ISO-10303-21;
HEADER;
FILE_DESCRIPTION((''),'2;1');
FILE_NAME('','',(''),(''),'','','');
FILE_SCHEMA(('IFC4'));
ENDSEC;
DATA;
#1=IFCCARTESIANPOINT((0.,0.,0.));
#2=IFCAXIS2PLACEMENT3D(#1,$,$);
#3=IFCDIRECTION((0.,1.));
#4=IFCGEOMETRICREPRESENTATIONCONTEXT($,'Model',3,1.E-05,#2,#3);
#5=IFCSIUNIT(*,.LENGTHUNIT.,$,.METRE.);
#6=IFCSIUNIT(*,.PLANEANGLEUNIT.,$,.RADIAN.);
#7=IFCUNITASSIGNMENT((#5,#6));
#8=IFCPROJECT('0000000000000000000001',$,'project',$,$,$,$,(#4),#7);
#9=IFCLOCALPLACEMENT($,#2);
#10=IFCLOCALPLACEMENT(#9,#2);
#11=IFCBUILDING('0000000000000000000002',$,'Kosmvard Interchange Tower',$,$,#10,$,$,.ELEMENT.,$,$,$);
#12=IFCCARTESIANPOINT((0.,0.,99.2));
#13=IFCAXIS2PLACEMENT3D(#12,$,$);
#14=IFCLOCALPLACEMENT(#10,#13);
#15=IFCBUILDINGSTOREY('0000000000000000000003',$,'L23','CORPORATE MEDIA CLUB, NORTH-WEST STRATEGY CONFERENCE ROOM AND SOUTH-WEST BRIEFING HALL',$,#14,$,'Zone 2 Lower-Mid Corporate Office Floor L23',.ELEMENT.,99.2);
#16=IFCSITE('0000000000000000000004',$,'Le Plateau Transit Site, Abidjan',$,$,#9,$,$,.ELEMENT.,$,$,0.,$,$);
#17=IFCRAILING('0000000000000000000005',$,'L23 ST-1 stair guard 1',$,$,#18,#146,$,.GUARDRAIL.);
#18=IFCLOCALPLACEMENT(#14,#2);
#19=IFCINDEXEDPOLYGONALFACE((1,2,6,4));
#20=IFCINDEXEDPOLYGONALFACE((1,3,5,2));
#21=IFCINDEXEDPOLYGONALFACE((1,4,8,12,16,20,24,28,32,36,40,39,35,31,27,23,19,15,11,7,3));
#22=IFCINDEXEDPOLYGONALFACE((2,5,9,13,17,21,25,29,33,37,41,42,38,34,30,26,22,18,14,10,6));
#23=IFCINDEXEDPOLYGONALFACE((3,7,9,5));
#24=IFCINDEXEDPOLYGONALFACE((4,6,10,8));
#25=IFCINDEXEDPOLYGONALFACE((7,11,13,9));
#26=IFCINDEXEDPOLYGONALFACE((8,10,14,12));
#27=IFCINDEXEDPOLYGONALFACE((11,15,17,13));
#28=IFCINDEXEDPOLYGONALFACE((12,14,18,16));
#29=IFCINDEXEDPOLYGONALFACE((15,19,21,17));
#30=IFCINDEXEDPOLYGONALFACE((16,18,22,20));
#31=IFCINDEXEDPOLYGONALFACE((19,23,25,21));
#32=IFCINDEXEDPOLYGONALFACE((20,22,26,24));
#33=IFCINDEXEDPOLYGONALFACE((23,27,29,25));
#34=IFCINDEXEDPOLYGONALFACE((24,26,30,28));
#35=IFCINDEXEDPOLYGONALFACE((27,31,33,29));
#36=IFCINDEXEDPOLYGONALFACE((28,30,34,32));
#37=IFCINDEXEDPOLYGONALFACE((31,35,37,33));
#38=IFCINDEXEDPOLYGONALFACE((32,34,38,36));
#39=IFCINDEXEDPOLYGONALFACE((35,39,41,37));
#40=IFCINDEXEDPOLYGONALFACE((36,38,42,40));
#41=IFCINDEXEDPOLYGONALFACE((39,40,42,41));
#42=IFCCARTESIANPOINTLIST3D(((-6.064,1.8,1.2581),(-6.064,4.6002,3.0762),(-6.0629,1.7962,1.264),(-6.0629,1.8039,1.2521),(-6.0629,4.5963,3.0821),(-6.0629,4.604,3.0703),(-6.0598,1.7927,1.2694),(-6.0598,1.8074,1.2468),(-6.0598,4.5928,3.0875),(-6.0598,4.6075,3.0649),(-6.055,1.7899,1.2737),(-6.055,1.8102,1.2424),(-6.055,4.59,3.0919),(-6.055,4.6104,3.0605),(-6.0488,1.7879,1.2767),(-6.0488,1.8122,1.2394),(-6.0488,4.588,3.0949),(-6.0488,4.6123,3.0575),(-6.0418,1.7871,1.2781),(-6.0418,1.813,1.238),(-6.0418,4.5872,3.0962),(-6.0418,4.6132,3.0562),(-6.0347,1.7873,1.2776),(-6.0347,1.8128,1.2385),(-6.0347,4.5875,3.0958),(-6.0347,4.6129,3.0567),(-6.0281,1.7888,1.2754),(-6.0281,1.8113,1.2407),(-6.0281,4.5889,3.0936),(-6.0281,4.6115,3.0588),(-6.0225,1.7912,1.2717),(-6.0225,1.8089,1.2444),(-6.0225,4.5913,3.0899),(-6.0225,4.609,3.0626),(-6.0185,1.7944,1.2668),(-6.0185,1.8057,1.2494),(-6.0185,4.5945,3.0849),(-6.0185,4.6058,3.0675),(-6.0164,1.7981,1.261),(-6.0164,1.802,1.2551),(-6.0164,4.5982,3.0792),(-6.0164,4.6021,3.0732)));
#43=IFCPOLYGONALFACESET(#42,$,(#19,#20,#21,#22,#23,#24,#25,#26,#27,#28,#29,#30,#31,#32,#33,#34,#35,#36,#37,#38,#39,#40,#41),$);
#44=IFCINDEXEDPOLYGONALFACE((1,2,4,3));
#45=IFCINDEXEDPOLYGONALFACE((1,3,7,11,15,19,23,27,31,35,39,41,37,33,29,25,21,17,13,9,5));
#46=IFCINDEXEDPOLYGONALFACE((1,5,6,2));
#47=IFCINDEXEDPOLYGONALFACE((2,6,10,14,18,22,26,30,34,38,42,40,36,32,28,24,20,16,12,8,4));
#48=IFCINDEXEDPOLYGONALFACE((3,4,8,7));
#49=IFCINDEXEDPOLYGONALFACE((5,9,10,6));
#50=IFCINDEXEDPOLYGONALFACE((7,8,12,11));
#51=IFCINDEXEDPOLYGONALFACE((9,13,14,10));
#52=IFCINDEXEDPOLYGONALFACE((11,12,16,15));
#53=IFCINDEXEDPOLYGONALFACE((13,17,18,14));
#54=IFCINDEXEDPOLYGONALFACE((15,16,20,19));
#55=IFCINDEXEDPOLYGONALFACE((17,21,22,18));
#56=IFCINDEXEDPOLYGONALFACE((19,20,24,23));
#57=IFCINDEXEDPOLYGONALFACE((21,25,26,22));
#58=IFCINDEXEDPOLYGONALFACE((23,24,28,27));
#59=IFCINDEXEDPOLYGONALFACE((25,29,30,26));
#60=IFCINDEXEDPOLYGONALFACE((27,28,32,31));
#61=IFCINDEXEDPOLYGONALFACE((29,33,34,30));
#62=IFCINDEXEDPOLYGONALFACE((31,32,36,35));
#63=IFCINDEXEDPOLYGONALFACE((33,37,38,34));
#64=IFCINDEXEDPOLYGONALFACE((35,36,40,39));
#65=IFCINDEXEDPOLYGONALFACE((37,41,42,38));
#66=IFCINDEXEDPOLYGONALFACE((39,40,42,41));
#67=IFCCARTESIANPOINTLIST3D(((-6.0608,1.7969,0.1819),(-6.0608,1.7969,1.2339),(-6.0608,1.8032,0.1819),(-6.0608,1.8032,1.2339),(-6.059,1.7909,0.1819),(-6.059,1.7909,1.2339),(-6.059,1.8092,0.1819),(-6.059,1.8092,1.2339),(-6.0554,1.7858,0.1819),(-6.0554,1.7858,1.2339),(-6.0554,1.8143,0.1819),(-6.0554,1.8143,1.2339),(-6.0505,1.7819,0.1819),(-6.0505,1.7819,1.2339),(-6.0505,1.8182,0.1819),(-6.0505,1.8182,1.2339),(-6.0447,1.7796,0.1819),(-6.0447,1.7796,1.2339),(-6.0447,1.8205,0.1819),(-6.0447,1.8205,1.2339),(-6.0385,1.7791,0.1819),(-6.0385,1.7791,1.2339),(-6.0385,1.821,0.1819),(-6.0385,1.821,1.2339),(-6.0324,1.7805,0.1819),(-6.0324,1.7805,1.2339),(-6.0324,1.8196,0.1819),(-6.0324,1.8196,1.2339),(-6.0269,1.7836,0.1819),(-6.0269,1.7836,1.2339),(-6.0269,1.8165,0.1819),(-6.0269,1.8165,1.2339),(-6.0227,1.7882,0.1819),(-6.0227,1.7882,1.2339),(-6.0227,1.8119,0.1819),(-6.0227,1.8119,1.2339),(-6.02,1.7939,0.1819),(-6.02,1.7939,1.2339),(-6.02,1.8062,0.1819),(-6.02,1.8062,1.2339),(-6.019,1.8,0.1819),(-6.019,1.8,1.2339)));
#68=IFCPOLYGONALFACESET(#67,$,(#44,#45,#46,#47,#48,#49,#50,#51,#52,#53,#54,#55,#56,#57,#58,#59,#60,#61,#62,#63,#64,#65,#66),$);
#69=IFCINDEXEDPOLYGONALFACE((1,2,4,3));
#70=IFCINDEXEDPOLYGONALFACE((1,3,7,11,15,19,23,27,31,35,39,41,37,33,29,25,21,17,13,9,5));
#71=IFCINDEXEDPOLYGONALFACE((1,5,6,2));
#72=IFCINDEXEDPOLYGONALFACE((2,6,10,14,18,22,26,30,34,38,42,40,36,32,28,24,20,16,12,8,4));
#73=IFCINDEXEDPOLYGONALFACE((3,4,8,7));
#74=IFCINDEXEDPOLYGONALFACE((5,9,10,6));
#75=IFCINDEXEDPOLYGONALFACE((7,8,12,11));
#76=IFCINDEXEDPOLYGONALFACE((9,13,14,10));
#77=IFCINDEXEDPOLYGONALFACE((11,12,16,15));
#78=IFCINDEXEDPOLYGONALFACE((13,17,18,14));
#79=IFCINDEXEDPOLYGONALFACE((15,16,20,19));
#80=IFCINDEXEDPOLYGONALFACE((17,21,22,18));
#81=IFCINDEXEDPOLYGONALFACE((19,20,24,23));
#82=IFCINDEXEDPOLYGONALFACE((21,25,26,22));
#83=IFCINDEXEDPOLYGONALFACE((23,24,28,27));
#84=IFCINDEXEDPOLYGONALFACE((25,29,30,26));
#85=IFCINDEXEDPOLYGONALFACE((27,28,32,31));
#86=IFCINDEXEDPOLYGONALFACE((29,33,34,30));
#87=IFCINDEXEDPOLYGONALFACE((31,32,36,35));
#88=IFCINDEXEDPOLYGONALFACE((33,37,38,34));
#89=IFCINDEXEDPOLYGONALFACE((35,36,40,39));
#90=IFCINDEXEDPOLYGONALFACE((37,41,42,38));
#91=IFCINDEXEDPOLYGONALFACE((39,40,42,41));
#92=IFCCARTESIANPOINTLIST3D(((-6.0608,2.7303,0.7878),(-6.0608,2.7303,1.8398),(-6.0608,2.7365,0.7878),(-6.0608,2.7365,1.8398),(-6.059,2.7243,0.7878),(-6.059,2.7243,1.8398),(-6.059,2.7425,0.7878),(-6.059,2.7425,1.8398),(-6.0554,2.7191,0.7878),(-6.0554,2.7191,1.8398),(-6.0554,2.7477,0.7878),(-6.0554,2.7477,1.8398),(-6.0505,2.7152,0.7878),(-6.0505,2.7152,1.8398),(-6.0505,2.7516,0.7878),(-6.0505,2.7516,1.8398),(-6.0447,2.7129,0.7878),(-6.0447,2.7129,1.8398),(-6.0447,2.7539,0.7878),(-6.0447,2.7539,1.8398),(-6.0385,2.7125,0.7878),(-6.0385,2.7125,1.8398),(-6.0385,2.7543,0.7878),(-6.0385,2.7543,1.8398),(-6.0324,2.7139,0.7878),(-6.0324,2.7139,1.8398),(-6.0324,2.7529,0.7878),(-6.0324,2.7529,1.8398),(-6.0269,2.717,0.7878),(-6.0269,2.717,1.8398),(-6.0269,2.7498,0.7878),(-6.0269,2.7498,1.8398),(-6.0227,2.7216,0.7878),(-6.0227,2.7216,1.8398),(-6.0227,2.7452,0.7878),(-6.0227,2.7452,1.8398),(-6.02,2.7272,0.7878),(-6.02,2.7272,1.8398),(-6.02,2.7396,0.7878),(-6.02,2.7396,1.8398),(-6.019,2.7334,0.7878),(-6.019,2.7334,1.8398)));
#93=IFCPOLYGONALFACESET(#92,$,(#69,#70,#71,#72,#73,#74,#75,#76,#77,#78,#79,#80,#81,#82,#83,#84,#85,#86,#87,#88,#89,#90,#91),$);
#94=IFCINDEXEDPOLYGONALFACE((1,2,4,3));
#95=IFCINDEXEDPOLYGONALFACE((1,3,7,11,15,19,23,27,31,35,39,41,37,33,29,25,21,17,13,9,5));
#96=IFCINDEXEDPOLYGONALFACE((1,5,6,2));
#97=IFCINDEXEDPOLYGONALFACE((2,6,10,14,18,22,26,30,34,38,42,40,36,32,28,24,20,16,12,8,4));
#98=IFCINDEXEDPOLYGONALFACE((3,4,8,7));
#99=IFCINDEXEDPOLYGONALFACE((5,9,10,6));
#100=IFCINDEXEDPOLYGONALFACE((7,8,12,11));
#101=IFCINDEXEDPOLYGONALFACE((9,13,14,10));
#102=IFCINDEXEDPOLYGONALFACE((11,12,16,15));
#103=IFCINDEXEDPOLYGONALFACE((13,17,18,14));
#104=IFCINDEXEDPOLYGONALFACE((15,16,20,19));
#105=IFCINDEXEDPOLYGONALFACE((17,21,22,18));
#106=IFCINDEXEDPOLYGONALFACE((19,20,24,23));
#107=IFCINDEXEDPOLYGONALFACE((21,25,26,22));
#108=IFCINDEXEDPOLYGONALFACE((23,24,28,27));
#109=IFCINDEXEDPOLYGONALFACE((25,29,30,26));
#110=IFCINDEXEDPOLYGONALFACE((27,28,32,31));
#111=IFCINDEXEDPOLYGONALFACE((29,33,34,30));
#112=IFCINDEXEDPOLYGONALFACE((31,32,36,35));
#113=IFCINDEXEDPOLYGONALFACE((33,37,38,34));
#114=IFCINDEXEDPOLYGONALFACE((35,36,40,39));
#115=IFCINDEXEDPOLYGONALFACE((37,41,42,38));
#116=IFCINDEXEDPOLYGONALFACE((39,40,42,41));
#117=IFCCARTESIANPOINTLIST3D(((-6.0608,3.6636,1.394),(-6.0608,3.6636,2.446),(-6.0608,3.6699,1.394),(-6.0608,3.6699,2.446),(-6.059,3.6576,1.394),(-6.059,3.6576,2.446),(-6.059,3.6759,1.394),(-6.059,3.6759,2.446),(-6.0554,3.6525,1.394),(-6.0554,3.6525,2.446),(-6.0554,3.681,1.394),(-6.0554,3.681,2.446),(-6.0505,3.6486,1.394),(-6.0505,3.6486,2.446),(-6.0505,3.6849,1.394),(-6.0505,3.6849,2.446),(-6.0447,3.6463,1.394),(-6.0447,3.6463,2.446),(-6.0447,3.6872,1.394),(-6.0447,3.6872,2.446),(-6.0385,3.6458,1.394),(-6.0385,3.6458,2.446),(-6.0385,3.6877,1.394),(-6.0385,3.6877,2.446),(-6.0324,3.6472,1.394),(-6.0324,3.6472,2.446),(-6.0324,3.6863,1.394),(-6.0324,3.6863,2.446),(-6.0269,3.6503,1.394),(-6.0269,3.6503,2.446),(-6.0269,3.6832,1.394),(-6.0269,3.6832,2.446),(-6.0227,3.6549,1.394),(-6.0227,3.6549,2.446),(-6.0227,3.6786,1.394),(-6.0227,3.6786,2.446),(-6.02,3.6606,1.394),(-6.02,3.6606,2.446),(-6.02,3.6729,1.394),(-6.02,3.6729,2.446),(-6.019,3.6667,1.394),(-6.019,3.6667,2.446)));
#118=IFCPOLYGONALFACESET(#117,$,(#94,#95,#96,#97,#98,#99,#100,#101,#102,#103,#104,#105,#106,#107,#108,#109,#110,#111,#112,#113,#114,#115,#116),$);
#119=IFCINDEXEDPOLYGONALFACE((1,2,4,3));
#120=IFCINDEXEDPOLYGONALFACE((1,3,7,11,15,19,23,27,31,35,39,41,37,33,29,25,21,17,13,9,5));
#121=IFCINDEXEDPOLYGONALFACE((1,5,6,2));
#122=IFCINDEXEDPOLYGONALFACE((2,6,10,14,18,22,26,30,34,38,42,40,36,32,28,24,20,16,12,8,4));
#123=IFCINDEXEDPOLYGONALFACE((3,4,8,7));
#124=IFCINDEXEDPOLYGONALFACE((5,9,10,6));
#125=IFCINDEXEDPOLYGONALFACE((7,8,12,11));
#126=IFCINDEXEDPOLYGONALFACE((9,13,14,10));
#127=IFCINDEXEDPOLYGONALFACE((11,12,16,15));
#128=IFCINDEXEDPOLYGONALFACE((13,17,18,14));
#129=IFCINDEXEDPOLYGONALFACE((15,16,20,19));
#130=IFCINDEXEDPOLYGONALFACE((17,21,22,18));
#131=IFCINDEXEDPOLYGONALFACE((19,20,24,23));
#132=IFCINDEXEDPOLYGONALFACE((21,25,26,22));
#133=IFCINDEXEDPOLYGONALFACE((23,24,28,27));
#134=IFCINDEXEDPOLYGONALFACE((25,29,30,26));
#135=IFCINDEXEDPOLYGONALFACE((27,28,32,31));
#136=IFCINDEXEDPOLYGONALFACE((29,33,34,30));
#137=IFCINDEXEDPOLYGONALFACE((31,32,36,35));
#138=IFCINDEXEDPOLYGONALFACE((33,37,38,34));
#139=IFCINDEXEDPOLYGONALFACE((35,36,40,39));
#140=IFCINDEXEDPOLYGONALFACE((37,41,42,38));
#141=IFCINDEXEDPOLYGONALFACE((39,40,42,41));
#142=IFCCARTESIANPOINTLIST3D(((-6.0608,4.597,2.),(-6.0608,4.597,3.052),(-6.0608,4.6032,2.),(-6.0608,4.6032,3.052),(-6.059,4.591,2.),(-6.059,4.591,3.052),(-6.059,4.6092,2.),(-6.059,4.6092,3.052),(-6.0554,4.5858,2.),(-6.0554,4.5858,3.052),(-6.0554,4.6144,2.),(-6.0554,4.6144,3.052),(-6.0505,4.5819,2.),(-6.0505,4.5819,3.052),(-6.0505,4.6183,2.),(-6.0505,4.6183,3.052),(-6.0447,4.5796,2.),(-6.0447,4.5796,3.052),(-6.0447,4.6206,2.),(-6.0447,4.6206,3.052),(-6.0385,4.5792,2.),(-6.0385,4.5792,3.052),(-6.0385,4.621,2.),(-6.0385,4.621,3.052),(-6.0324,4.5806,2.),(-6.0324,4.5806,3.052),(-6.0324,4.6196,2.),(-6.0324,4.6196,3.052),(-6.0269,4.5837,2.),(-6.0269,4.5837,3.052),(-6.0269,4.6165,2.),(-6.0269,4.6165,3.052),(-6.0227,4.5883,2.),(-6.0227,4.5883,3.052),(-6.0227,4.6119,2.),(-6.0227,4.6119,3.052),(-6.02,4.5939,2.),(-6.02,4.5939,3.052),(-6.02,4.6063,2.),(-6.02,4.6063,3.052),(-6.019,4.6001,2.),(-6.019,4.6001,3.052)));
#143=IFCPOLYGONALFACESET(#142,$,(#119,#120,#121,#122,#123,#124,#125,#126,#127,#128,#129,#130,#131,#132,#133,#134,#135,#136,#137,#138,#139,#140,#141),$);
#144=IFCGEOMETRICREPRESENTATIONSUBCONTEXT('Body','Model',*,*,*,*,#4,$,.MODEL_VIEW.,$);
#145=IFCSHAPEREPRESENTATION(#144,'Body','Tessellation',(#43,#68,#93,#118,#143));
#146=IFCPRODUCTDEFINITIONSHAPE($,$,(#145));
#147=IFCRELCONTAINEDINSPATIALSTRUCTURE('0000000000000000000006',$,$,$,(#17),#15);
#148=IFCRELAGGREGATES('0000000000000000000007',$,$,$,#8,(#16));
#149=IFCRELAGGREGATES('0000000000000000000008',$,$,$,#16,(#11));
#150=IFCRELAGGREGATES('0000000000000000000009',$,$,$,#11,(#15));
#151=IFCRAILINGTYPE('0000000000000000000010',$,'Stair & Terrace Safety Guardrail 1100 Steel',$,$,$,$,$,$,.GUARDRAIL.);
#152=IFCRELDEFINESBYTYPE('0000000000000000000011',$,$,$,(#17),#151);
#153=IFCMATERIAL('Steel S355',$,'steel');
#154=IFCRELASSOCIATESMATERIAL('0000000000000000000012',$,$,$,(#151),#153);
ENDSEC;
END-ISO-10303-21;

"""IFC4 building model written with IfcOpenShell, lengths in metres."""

from ifc_helpers import new_model, si_unit, direction, frame, origin, origin_2d, place, context, subcontext, project, spatial, circle, extrude, source, transform, mapped, material, type_object, element, save


model = new_model("IFC4")

# Units and contexts
model_context = context("Model", 3, precision=1e-05, world=origin(), true_north=direction((0.0, 1.0)))
body_context = subcontext(model_context, "Body", "Model", "MODEL_VIEW")
ifc_project = project(units=[si_unit("LENGTHUNIT", "METRE"), si_unit("PLANEANGLEUNIT", "RADIAN")], contexts=[model_context])

# Site, building, storey
site_placement = place(None, origin())
site = spatial("IfcSite", under=ifc_project, at=site_placement, Name="Le Plateau Transit Site, Abidjan", CompositionType="ELEMENT", RefElevation=0.0)
building_placement = place(site_placement, origin())
building = spatial("IfcBuilding", under=site, at=building_placement, Name="Kosmvard Interchange Tower", CompositionType="ELEMENT")
storey_placement = place(building_placement, frame((0.0, 0.0, 99.2)))
storey = spatial("IfcBuildingStorey", under=building, at=storey_placement, Name="L23", Description="CORPORATE MEDIA CLUB, NORTH-WEST STRATEGY CONFERENCE ROOM AND SOUTH-WEST BRIEFING HALL", LongName="Zone 2 Lower-Mid Corporate Office Floor L23", CompositionType="ELEMENT", Elevation=99.2)

# Shared definitions
ifc_material_1 = material(Name="Steel S355", Category="steel")

# Railing
railing_type_1 = type_object("IfcRailingType", Name="Stair & Terrace Safety Guardrail 1100 Steel", PredefinedType="GUARDRAIL", material=ifc_material_1)
shared_shape_1 = source(origin(), body_context, "Body", "SweptSolid", [
    extrude(circle(Radius=0.0239, at=origin_2d()), frame((0.0, 0.0, 1.0762), z_axis=(0.0, 0.838706, 0.544585), x_axis=(-1.0, 0.0, 0.0)), (0.0, 0.0, 1.0), 3.3386),
    extrude(circle(Radius=0.021, at=origin_2d()), origin(), (0.0, 0.0, 1.0), 1.052),
    extrude(circle(Radius=0.021, at=origin_2d()), frame((0.0, 0.9333, 0.606)), (0.0, 0.0, 1.0), 1.052),
    extrude(circle(Radius=0.021, at=origin_2d()), frame((0.0, 1.8667, 1.2122)), (0.0, 0.0, 1.0), 1.052),
    extrude(circle(Radius=0.021, at=origin_2d()), frame((0.0, 2.8, 1.8181)), (0.0, 0.0, 1.0), 1.052),
])
railing_1_placement = place(storey_placement, frame((-6.04, 1.8, 0.1819)))
element("IfcRailing", 1, at=railing_1_placement, inside=storey, type_object=railing_type_1, Name="L23 ST-1 stair guard 1", PredefinedType="GUARDRAIL", context=body_context, shape_type="MappedRepresentation", body=[
    mapped(shared_shape_1, transform((0.0, 0.0, 0.0), scale=1.0)),
])

save(model, "model.ifc")
